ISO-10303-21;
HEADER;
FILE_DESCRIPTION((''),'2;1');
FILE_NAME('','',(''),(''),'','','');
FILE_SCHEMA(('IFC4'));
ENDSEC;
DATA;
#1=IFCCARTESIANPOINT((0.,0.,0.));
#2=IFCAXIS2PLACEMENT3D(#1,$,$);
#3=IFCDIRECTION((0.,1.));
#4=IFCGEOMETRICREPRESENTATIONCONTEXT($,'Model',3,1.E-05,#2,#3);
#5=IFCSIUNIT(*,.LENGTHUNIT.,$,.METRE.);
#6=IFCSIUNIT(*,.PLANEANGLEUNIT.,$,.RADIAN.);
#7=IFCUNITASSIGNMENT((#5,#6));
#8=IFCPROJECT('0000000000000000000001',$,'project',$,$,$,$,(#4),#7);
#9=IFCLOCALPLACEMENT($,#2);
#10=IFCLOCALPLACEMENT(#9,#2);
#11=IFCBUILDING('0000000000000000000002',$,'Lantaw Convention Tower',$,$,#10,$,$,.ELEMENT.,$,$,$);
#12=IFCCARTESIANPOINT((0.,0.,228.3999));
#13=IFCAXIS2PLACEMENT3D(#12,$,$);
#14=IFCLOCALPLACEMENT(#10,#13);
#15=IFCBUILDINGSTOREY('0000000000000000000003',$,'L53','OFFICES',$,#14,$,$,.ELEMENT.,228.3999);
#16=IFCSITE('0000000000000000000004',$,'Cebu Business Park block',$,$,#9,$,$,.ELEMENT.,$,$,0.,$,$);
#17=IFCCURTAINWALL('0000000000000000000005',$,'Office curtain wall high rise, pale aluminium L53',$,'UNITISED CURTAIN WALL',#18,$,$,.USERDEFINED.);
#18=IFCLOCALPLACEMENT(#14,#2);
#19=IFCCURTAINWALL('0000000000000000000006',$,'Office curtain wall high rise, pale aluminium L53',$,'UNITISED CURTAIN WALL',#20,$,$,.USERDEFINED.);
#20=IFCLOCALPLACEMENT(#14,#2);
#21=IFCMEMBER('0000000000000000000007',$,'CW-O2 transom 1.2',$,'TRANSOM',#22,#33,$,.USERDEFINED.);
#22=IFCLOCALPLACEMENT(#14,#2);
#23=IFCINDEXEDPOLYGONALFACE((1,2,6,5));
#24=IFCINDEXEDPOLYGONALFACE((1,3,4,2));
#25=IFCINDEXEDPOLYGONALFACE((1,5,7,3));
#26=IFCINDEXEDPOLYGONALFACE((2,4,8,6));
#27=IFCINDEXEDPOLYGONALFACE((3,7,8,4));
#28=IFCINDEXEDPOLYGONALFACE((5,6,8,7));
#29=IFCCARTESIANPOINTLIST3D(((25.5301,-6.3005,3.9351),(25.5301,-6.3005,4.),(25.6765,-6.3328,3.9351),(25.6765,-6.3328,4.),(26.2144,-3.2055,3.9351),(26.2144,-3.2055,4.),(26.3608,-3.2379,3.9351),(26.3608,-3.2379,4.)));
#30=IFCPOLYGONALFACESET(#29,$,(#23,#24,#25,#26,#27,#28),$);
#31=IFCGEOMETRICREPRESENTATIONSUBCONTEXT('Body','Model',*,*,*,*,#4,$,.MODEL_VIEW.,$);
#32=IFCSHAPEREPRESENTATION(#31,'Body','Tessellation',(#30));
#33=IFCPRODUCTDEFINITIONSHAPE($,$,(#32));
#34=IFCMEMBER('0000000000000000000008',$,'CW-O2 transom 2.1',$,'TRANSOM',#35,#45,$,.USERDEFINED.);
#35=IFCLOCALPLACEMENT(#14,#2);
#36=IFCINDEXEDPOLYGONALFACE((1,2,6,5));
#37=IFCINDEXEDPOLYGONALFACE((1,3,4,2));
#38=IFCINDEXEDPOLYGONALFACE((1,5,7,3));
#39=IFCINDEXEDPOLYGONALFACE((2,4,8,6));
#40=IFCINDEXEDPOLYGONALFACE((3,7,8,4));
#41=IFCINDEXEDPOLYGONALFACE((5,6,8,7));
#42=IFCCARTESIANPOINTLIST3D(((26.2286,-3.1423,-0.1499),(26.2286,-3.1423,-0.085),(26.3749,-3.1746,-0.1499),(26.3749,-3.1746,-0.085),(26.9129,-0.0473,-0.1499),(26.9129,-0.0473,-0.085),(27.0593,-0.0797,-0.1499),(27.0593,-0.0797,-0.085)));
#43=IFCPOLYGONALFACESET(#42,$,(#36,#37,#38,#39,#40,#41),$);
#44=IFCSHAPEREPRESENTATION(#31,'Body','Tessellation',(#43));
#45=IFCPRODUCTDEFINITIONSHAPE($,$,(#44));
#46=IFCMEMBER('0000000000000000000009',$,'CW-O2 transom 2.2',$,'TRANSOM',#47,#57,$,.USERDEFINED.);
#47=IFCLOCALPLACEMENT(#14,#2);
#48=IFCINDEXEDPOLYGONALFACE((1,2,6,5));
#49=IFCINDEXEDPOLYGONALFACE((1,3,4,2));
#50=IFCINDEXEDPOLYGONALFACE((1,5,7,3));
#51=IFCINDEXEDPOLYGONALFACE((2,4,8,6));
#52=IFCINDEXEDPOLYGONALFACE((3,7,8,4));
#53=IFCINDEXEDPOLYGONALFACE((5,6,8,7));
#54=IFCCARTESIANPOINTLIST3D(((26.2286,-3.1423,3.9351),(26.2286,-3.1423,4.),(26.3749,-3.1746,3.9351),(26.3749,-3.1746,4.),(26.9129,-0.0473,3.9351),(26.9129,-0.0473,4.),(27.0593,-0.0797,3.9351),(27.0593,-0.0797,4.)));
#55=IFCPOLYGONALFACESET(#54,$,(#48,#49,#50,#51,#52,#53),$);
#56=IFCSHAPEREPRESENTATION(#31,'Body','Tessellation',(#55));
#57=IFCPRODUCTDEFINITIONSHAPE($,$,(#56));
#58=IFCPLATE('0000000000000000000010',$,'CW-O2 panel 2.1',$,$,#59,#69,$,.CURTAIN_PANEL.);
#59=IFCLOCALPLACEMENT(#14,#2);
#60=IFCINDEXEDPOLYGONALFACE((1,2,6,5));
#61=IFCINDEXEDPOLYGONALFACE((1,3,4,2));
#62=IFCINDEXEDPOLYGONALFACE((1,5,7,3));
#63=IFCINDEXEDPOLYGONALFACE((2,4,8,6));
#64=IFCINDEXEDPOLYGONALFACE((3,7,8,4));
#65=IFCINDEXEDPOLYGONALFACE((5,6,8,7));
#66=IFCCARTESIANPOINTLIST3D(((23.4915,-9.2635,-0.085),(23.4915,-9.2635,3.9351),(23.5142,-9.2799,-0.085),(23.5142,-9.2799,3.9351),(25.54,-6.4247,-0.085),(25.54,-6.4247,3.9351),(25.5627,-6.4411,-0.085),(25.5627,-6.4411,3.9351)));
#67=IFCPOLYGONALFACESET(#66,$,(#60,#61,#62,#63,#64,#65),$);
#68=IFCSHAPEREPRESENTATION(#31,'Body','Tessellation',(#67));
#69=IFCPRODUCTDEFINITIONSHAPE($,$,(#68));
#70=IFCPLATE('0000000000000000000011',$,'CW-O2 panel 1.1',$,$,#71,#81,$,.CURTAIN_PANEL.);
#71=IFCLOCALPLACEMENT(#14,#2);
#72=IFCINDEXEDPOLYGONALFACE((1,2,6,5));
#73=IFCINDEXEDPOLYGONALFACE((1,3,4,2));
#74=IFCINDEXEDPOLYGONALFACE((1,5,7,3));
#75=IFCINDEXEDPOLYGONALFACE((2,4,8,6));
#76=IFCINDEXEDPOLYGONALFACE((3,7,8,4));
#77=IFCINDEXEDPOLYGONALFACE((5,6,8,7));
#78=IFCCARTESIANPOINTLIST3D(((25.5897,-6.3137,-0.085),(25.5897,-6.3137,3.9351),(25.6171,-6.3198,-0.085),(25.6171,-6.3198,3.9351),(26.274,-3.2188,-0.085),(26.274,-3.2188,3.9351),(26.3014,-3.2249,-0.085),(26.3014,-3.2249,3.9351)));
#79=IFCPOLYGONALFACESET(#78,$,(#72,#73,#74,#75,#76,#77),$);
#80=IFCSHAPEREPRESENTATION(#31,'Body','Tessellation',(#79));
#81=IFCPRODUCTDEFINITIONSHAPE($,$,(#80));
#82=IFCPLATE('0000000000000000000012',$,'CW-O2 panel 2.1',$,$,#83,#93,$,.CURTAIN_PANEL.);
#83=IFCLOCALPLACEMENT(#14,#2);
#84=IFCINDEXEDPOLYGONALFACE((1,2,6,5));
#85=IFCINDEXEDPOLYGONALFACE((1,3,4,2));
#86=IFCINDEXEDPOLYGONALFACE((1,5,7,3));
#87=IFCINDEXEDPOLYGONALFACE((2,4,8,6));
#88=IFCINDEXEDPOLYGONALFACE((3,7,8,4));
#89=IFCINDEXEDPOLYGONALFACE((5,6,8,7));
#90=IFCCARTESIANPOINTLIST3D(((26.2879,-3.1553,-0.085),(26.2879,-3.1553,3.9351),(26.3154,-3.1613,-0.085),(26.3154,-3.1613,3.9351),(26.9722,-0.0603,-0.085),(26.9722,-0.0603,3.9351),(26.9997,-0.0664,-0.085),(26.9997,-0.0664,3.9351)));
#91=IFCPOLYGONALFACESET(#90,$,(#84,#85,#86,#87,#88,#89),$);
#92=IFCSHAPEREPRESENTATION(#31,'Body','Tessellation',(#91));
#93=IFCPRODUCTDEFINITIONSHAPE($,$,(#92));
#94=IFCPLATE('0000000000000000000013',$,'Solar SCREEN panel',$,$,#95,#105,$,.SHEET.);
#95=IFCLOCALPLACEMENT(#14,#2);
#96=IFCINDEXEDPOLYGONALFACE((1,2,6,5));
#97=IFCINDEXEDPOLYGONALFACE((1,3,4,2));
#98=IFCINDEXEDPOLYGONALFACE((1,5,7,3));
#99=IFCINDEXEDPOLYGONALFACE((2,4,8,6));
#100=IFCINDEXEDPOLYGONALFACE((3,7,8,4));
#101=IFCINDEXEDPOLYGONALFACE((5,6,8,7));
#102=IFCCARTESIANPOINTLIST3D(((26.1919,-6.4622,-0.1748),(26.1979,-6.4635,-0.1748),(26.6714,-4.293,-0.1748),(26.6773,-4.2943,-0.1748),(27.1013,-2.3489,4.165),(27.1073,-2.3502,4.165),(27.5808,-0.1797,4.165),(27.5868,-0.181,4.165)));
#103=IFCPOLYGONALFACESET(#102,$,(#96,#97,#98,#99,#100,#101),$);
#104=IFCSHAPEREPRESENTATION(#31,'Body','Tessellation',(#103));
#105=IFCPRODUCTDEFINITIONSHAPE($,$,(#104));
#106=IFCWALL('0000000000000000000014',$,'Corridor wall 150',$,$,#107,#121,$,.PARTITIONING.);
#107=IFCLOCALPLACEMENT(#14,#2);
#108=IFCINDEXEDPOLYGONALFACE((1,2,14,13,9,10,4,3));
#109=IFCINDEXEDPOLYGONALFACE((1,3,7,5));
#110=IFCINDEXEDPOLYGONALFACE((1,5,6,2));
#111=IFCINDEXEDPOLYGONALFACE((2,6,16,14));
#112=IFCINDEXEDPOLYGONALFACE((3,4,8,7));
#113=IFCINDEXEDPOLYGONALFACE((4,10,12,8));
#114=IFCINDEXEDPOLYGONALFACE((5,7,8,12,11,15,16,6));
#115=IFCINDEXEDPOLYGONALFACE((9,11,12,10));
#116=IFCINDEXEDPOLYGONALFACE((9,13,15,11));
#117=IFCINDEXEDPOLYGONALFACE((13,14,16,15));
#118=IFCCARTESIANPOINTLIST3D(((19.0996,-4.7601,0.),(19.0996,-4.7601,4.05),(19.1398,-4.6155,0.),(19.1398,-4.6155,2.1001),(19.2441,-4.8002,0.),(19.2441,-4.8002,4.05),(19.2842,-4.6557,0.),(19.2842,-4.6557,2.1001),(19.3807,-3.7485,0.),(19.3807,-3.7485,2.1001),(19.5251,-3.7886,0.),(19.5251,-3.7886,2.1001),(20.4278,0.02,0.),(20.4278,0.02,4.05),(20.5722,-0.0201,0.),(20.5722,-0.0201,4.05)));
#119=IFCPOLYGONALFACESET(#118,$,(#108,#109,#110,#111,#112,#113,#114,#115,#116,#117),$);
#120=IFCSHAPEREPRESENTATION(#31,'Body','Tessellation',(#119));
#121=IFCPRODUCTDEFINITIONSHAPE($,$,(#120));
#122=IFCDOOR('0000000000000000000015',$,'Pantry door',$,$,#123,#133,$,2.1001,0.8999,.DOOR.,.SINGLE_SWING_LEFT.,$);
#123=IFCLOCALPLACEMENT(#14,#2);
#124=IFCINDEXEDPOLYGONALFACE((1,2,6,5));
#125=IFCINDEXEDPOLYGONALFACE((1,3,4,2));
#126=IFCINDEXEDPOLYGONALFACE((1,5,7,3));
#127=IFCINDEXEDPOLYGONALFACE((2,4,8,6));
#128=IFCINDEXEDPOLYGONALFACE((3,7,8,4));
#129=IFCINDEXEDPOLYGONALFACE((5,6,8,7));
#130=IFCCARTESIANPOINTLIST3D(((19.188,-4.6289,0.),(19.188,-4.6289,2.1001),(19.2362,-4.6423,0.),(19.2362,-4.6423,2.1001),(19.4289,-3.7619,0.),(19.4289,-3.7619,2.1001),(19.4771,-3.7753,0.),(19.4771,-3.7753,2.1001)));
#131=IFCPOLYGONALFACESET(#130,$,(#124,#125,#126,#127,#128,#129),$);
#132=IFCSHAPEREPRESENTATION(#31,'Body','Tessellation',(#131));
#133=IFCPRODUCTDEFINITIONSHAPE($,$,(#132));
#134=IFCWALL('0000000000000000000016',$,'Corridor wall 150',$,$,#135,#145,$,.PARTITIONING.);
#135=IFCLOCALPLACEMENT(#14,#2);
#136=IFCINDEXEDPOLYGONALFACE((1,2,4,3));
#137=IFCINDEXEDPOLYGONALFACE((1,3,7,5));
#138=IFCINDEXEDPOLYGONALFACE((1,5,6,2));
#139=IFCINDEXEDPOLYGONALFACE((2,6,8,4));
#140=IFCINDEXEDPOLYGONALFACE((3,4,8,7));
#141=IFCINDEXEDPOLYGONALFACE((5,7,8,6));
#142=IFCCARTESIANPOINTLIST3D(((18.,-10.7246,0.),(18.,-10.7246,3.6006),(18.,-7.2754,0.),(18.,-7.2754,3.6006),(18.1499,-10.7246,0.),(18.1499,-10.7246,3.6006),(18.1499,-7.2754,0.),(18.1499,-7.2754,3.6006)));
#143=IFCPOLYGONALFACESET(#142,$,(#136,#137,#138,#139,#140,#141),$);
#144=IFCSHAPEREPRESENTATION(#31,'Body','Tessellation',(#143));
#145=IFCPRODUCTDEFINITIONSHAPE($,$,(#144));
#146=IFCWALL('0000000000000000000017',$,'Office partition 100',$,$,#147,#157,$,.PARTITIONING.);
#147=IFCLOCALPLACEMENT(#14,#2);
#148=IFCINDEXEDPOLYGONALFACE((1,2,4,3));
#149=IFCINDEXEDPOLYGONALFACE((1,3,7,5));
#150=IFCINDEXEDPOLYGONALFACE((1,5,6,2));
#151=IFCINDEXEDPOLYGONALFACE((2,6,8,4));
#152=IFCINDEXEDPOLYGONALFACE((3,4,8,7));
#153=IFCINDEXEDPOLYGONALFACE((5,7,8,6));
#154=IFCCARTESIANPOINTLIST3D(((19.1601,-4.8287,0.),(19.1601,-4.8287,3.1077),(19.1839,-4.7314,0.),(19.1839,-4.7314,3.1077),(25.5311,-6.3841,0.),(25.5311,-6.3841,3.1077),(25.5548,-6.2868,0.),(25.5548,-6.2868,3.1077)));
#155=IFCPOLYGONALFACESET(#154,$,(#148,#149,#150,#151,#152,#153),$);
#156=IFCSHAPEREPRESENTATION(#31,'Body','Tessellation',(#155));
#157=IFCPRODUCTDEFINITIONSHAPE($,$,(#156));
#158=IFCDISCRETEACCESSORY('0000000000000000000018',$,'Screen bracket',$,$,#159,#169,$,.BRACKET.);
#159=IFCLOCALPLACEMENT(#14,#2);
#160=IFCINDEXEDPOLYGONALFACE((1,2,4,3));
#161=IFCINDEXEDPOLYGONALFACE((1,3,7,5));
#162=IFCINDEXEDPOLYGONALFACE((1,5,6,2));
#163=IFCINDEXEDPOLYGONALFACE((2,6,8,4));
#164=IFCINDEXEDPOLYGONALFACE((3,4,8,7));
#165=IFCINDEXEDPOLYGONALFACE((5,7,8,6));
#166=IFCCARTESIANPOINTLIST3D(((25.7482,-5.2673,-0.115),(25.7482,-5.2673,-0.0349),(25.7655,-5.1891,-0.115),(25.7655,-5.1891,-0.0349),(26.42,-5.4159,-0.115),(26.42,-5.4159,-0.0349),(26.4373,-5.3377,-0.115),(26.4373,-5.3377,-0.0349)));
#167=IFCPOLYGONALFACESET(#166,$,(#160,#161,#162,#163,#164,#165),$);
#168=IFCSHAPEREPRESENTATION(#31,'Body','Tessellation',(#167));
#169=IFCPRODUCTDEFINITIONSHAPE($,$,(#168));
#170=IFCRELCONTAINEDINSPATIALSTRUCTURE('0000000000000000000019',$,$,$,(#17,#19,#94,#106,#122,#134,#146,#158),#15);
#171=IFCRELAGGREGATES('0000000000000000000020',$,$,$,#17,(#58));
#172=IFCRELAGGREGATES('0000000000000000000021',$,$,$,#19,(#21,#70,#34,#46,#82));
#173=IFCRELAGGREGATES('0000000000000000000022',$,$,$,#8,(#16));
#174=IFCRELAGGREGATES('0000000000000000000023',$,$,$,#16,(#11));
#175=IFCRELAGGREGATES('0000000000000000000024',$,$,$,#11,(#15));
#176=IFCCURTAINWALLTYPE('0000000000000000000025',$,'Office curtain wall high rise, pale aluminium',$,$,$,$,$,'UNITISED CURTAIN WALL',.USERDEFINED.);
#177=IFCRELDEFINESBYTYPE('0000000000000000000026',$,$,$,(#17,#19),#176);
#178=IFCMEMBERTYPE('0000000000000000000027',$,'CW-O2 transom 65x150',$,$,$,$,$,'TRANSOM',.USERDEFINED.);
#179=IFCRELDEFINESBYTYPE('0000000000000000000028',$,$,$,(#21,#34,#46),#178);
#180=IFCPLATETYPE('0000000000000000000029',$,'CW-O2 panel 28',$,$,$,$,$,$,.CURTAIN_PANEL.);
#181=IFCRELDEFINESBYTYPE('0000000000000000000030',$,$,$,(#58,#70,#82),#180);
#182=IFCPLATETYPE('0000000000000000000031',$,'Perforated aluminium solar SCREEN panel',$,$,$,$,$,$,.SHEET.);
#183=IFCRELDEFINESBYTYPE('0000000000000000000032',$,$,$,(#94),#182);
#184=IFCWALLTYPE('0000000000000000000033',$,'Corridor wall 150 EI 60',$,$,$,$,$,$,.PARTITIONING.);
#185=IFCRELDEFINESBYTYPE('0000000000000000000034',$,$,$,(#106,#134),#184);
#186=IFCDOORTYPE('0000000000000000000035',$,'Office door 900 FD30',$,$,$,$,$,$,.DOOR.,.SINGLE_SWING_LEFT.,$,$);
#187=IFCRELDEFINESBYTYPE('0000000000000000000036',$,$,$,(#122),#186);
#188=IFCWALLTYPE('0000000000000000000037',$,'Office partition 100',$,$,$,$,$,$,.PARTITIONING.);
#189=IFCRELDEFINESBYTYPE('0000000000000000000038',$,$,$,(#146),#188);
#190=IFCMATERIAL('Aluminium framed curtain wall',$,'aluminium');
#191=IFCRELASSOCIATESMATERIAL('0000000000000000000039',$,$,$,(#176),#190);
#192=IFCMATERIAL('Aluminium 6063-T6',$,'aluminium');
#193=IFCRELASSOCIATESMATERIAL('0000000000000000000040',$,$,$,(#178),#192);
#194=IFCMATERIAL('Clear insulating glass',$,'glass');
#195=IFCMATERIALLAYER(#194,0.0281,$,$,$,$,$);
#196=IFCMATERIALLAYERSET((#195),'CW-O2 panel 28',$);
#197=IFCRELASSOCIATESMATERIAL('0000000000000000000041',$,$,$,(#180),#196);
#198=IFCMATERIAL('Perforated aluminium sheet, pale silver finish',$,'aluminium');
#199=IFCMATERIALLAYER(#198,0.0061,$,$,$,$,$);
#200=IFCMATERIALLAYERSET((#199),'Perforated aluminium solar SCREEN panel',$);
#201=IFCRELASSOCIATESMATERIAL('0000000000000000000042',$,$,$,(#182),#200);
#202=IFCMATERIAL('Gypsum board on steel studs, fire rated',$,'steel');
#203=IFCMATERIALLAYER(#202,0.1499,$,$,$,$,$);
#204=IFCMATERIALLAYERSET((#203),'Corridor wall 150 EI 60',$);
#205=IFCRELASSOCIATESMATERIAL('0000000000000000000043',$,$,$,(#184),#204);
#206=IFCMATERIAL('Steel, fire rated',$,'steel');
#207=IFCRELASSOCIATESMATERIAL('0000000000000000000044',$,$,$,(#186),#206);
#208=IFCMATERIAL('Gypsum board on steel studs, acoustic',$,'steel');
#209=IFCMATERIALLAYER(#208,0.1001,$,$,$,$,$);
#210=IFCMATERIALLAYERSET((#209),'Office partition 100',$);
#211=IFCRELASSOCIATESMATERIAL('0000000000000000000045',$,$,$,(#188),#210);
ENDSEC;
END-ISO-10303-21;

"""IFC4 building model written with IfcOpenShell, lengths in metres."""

from ifc_helpers import new_model, si_unit, direction, frame, frame_2d, origin, origin_2d, place, context, subcontext, project, spatial, polyline, rectangle, outline, extrude, material, layer, layer_set, material_profile, profile_set, type_object, element, fill, aggregate, save


model = new_model("IFC4")

# Units and contexts
model_context = context("Model", 3, precision=1e-05, world=origin(), true_north=direction((0.0, 1.0)))
body_context = subcontext(model_context, "Body", "Model", "MODEL_VIEW")
ifc_project = project(units=[si_unit("LENGTHUNIT", "METRE"), si_unit("PLANEANGLEUNIT", "RADIAN")], contexts=[model_context])

# Site, building, storey
site_placement = place(None, origin())
site = spatial("IfcSite", under=ifc_project, at=site_placement, Name="Cebu Business Park block", CompositionType="ELEMENT", RefElevation=0.0)
building_placement = place(site_placement, origin())
building = spatial("IfcBuilding", under=site, at=building_placement, Name="Lantaw Convention Tower", CompositionType="ELEMENT")
storey_placement = place(building_placement, frame((0.0, 0.0, 228.3999)))
storey = spatial("IfcBuildingStorey", under=building, at=storey_placement, Name="L53", Description="OFFICES", CompositionType="ELEMENT", Elevation=228.3999)

# Curtain wall
ifc_material_1 = material(Name="Aluminium framed curtain wall", Category="aluminium")
curtain_wall_type = type_object("IfcCurtainWallType", Name="Office curtain wall high rise, pale aluminium", ElementType="UNITISED CURTAIN WALL", PredefinedType="USERDEFINED", material=ifc_material_1)
curtain_wall_1_placement = place(storey_placement, origin())
curtain_wall_1 = element("IfcCurtainWall", 1, at=curtain_wall_1_placement, inside=storey, type_object=curtain_wall_type, Name="Office curtain wall high rise, pale aluminium L53", ObjectType="UNITISED CURTAIN WALL", PredefinedType="USERDEFINED")
ifc_material_2 = material(Name="Aluminium 6063-T6", Category="aluminium")

# Curtain wall, members
curtain_wall_2_placement = place(storey_placement, origin())
curtain_wall_2 = element("IfcCurtainWall", 2, at=curtain_wall_2_placement, inside=storey, type_object=curtain_wall_type, Name="Office curtain wall high rise, pale aluminium L53", ObjectType="UNITISED CURTAIN WALL", PredefinedType="USERDEFINED")
ifc_material_profile_1 = material_profile(ifc_material_2, rectangle(XDim=0.1499, YDim=0.0649, at=origin_2d()), Name="CW-O2 transom 65x150")
ifc_profile_set_1 = profile_set([ifc_material_profile_1], Name="Aluminium 6063-T6")
member_type_1 = type_object("IfcMemberType", Name="CW-O2 transom 65x150", ElementType="TRANSOM", PredefinedType="USERDEFINED", material=ifc_profile_set_1)
member_1_placement = place(storey_placement, frame((25.6033, -6.3167, 3.9675), z_axis=(0.215895, 0.976417, 0.0), x_axis=(-0.976417, 0.215895, 0.0)))
member_1 = element("IfcMember", 3, at=member_1_placement, type_object=member_type_1, Name="CW-O2 transom 1.2", ObjectType="TRANSOM", PredefinedType="USERDEFINED", context=body_context, shape_type="SweptSolid", body=[
    extrude(rectangle(XDim=0.1499, YDim=0.0649, at=origin_2d()), origin(), (0.0, 0.0, 1.0), 3.1697),
])
member_2_placement = place(storey_placement, frame((26.3018, -3.1584, -0.1174), z_axis=(0.215895, 0.976417, 0.0), x_axis=(-0.976417, 0.215895, 0.0)))
member_2 = element("IfcMember", 4, at=member_2_placement, type_object=member_type_1, Name="CW-O2 transom 2.1", ObjectType="TRANSOM", PredefinedType="USERDEFINED", context=body_context, shape_type="SweptSolid", body=[
    extrude(rectangle(XDim=0.1499, YDim=0.0649, at=origin_2d()), origin(), (0.0, 0.0, 1.0), 3.1697),
])
member_3_placement = place(storey_placement, frame((26.3018, -3.1584, 3.9675), z_axis=(0.215895, 0.976417, 0.0), x_axis=(-0.976417, 0.215895, 0.0)))
member_3 = element("IfcMember", 5, at=member_3_placement, type_object=member_type_1, Name="CW-O2 transom 2.2", ObjectType="TRANSOM", PredefinedType="USERDEFINED", context=body_context, shape_type="SweptSolid", body=[
    extrude(rectangle(XDim=0.1499, YDim=0.0649, at=origin_2d()), origin(), (0.0, 0.0, 1.0), 3.1697),
])

# Plates
ifc_material_3 = material(Name="Clear insulating glass", Category="glass")
ifc_layer_1 = layer(ifc_material_3, 0.0281)
ifc_layer_set_1 = layer_set([ifc_layer_1], Name="CW-O2 panel 28")
plate_type_1 = type_object("IfcPlateType", Name="CW-O2 panel 28", PredefinedType="CURTAIN_PANEL", material=ifc_layer_set_1)
plate_1_placement = place(storey_placement, frame((24.5271, -7.8523, -0.085), z_axis=(0.0, 0.0, 1.0), x_axis=(0.585158, 0.81092, 0.0)))
plate_1 = element("IfcPlate", 6, at=plate_1_placement, type_object=plate_type_1, Name="CW-O2 panel 2.1", PredefinedType="CURTAIN_PANEL", context=body_context, shape_type="SweptSolid", body=[
    extrude(rectangle(XDim=3.5007, YDim=0.0281, at=origin_2d()), origin(), (0.0, 0.0, 1.0), 4.02),
])
aggregate(curtain_wall_1, [plate_1])
plate_2_placement = place(storey_placement, frame((25.9456, -4.7693, -0.085), z_axis=(0.0, 0.0, 1.0), x_axis=(0.215891, 0.976417, 0.0)))
plate_2 = element("IfcPlate", 7, at=plate_2_placement, type_object=plate_type_1, Name="CW-O2 panel 1.1", PredefinedType="CURTAIN_PANEL", context=body_context, shape_type="SweptSolid", body=[
    extrude(rectangle(XDim=3.1697, YDim=0.0281, at=origin_2d()), origin(), (0.0, 0.0, 1.0), 4.02),
])
plate_3_placement = place(storey_placement, frame((26.6438, -1.6108, -0.085), z_axis=(0.0, 0.0, 1.0), x_axis=(0.215891, 0.976417, 0.0)))
plate_3 = element("IfcPlate", 8, at=plate_3_placement, type_object=plate_type_1, Name="CW-O2 panel 2.1", PredefinedType="CURTAIN_PANEL", context=body_context, shape_type="SweptSolid", body=[
    extrude(rectangle(XDim=3.1697, YDim=0.0281, at=origin_2d()), origin(), (0.0, 0.0, 1.0), 4.02),
])
aggregate(curtain_wall_2, [member_1, plate_2, member_2, member_3, plate_3])
ifc_material_4 = material(Name="Perforated aluminium sheet, pale silver finish", Category="aluminium")
ifc_layer_2 = layer(ifc_material_4, 0.0061)
ifc_layer_set_2 = layer_set([ifc_layer_2], Name="Perforated aluminium solar SCREEN panel")
plate_type_2 = type_object("IfcPlateType", Name="Perforated aluminium solar SCREEN panel", PredefinedType="SHEET", material=ifc_layer_set_2)
plate_4_placement = place(storey_placement, frame((26.1919, -6.4622, -0.1748), z_axis=(-0.97643, 0.215837, 0.000044), x_axis=(0.215837, 0.97643, 0.0)))
element("IfcPlate", 9, at=plate_4_placement, inside=storey, type_object=plate_type_2, Name="Solar SCREEN panel", PredefinedType="SHEET", context=body_context, shape_type="SweptSolid", body=[
    extrude(outline(polyline([(0.0, 0.0), (2.2216, 0.0), (6.4342, -4.3398), (4.2126, -4.3398), (0.0, 0.0)])), origin(), (0.0, 0.0, -1.0), 0.0061),
])

# Wall, opening, door
ifc_material_5 = material(Name="Gypsum board on steel studs, fire rated", Category="steel")
ifc_layer_3 = layer(ifc_material_5, 0.1499)
ifc_layer_set_3 = layer_set([ifc_layer_3], Name="Corridor wall 150 EI 60")
wall_type_1 = type_object("IfcWallType", Name="Corridor wall 150 EI 60", PredefinedType="PARTITIONING", material=ifc_layer_set_3)
wall_1_placement = place(storey_placement, frame((19.1719, -4.78, 0.0), z_axis=(0.0, 0.0, 1.0), x_axis=(0.267707, 0.9635, 0.0)))
wall_1 = element("IfcWall", 10, at=wall_1_placement, inside=storey, type_object=wall_type_1, Name="Corridor wall 150", PredefinedType="PARTITIONING", context=body_context, shape_type="SweptSolid", body=[
    extrude(rectangle(XDim=4.9612, YDim=0.1499, at=frame_2d((2.4805, 0.0))), origin(), (0.0, 0.0, 1.0), 4.05),
])
opening_placement = place(wall_1_placement, frame((0.1499, 0.0, 0.0)))
opening = element("IfcOpeningElement", 11, at=opening_placement, cuts=wall_1, PredefinedType="OPENING", context=body_context, shape_type="SweptSolid", body=[
    extrude(rectangle(XDim=0.8999, YDim=2.1001, at=frame_2d((0.45, 1.05))), frame((0.0, 0.085, 0.0), z_axis=(0.0, -1.0, 0.0), x_axis=(1.0, 0.0, 0.0)), (0.0, 0.0, 1.0), 0.1699),
])
ifc_material_6 = material(Name="Steel, fire rated", Category="steel")
door_type = type_object("IfcDoorType", Name="Office door 900 FD30", OperationType="SINGLE_SWING_LEFT", PredefinedType="DOOR", material=ifc_material_6)
door_placement = place(opening_placement, origin())
door = element("IfcDoor", 12, at=door_placement, inside=storey, type_object=door_type, Name="Pantry door", OperationType="SINGLE_SWING_LEFT", OverallHeight=2.1001, OverallWidth=0.8999, PredefinedType="DOOR", context=body_context, shape_type="SweptSolid", body=[
    extrude(rectangle(XDim=0.8999, YDim=2.1001, at=frame_2d((0.45, 1.05))), frame((0.0, 0.0249, 0.0), z_axis=(0.0, -1.0, 0.0), x_axis=(1.0, 0.0, 0.0)), (0.0, 0.0, 1.0), 0.05),
])
fill(opening, door)

# Walls
wall_2_placement = place(storey_placement, frame((18.075, -7.2754, 0.0), z_axis=(0.0, 0.0, 1.0), x_axis=(0.0, -1.0, 0.0)))
element("IfcWall", 13, at=wall_2_placement, inside=storey, type_object=wall_type_1, Name="Corridor wall 150", PredefinedType="PARTITIONING", context=body_context, shape_type="SweptSolid", body=[
    extrude(rectangle(XDim=3.4492, YDim=0.1499, at=frame_2d((1.7246, 0.0))), origin(), (0.0, 0.0, 1.0), 3.6006),
])
ifc_material_7 = material(Name="Gypsum board on steel studs, acoustic", Category="steel")
ifc_layer_4 = layer(ifc_material_7, 0.1001)
ifc_layer_set_4 = layer_set([ifc_layer_4], Name="Office partition 100")
wall_type_2 = type_object("IfcWallType", Name="Office partition 100", PredefinedType="PARTITIONING", material=ifc_layer_set_4)
wall_3_placement = place(storey_placement, frame((25.543, -6.3354, 0.0), z_axis=(0.0, 0.0, 1.0), x_axis=(-0.971468, 0.237171, 0.0)))
element("IfcWall", 14, at=wall_3_placement, inside=storey, type_object=wall_type_2, Name="Office partition 100", PredefinedType="PARTITIONING", context=body_context, shape_type="SweptSolid", body=[
    extrude(rectangle(XDim=6.5581, YDim=0.1001, at=frame_2d((3.2791, 0.0))), origin(), (0.0, 0.0, 1.0), 3.1077),
])

# Discrete accessory
discrete_accessory_placement = place(storey_placement, frame((26.0928, -5.3025, -0.115), z_axis=(0.0, 0.0, 1.0), x_axis=(0.215891, 0.976417, 0.0)))
element("IfcDiscreteAccessory", 15, at=discrete_accessory_placement, inside=storey, Name="Screen bracket", PredefinedType="BRACKET", context=body_context, shape_type="SweptSolid", body=[
    extrude(rectangle(XDim=0.0801, YDim=0.688, at=origin_2d()), origin(), (0.0, 0.0, 1.0), 0.0801),
])

save(model, "model.ifc")
